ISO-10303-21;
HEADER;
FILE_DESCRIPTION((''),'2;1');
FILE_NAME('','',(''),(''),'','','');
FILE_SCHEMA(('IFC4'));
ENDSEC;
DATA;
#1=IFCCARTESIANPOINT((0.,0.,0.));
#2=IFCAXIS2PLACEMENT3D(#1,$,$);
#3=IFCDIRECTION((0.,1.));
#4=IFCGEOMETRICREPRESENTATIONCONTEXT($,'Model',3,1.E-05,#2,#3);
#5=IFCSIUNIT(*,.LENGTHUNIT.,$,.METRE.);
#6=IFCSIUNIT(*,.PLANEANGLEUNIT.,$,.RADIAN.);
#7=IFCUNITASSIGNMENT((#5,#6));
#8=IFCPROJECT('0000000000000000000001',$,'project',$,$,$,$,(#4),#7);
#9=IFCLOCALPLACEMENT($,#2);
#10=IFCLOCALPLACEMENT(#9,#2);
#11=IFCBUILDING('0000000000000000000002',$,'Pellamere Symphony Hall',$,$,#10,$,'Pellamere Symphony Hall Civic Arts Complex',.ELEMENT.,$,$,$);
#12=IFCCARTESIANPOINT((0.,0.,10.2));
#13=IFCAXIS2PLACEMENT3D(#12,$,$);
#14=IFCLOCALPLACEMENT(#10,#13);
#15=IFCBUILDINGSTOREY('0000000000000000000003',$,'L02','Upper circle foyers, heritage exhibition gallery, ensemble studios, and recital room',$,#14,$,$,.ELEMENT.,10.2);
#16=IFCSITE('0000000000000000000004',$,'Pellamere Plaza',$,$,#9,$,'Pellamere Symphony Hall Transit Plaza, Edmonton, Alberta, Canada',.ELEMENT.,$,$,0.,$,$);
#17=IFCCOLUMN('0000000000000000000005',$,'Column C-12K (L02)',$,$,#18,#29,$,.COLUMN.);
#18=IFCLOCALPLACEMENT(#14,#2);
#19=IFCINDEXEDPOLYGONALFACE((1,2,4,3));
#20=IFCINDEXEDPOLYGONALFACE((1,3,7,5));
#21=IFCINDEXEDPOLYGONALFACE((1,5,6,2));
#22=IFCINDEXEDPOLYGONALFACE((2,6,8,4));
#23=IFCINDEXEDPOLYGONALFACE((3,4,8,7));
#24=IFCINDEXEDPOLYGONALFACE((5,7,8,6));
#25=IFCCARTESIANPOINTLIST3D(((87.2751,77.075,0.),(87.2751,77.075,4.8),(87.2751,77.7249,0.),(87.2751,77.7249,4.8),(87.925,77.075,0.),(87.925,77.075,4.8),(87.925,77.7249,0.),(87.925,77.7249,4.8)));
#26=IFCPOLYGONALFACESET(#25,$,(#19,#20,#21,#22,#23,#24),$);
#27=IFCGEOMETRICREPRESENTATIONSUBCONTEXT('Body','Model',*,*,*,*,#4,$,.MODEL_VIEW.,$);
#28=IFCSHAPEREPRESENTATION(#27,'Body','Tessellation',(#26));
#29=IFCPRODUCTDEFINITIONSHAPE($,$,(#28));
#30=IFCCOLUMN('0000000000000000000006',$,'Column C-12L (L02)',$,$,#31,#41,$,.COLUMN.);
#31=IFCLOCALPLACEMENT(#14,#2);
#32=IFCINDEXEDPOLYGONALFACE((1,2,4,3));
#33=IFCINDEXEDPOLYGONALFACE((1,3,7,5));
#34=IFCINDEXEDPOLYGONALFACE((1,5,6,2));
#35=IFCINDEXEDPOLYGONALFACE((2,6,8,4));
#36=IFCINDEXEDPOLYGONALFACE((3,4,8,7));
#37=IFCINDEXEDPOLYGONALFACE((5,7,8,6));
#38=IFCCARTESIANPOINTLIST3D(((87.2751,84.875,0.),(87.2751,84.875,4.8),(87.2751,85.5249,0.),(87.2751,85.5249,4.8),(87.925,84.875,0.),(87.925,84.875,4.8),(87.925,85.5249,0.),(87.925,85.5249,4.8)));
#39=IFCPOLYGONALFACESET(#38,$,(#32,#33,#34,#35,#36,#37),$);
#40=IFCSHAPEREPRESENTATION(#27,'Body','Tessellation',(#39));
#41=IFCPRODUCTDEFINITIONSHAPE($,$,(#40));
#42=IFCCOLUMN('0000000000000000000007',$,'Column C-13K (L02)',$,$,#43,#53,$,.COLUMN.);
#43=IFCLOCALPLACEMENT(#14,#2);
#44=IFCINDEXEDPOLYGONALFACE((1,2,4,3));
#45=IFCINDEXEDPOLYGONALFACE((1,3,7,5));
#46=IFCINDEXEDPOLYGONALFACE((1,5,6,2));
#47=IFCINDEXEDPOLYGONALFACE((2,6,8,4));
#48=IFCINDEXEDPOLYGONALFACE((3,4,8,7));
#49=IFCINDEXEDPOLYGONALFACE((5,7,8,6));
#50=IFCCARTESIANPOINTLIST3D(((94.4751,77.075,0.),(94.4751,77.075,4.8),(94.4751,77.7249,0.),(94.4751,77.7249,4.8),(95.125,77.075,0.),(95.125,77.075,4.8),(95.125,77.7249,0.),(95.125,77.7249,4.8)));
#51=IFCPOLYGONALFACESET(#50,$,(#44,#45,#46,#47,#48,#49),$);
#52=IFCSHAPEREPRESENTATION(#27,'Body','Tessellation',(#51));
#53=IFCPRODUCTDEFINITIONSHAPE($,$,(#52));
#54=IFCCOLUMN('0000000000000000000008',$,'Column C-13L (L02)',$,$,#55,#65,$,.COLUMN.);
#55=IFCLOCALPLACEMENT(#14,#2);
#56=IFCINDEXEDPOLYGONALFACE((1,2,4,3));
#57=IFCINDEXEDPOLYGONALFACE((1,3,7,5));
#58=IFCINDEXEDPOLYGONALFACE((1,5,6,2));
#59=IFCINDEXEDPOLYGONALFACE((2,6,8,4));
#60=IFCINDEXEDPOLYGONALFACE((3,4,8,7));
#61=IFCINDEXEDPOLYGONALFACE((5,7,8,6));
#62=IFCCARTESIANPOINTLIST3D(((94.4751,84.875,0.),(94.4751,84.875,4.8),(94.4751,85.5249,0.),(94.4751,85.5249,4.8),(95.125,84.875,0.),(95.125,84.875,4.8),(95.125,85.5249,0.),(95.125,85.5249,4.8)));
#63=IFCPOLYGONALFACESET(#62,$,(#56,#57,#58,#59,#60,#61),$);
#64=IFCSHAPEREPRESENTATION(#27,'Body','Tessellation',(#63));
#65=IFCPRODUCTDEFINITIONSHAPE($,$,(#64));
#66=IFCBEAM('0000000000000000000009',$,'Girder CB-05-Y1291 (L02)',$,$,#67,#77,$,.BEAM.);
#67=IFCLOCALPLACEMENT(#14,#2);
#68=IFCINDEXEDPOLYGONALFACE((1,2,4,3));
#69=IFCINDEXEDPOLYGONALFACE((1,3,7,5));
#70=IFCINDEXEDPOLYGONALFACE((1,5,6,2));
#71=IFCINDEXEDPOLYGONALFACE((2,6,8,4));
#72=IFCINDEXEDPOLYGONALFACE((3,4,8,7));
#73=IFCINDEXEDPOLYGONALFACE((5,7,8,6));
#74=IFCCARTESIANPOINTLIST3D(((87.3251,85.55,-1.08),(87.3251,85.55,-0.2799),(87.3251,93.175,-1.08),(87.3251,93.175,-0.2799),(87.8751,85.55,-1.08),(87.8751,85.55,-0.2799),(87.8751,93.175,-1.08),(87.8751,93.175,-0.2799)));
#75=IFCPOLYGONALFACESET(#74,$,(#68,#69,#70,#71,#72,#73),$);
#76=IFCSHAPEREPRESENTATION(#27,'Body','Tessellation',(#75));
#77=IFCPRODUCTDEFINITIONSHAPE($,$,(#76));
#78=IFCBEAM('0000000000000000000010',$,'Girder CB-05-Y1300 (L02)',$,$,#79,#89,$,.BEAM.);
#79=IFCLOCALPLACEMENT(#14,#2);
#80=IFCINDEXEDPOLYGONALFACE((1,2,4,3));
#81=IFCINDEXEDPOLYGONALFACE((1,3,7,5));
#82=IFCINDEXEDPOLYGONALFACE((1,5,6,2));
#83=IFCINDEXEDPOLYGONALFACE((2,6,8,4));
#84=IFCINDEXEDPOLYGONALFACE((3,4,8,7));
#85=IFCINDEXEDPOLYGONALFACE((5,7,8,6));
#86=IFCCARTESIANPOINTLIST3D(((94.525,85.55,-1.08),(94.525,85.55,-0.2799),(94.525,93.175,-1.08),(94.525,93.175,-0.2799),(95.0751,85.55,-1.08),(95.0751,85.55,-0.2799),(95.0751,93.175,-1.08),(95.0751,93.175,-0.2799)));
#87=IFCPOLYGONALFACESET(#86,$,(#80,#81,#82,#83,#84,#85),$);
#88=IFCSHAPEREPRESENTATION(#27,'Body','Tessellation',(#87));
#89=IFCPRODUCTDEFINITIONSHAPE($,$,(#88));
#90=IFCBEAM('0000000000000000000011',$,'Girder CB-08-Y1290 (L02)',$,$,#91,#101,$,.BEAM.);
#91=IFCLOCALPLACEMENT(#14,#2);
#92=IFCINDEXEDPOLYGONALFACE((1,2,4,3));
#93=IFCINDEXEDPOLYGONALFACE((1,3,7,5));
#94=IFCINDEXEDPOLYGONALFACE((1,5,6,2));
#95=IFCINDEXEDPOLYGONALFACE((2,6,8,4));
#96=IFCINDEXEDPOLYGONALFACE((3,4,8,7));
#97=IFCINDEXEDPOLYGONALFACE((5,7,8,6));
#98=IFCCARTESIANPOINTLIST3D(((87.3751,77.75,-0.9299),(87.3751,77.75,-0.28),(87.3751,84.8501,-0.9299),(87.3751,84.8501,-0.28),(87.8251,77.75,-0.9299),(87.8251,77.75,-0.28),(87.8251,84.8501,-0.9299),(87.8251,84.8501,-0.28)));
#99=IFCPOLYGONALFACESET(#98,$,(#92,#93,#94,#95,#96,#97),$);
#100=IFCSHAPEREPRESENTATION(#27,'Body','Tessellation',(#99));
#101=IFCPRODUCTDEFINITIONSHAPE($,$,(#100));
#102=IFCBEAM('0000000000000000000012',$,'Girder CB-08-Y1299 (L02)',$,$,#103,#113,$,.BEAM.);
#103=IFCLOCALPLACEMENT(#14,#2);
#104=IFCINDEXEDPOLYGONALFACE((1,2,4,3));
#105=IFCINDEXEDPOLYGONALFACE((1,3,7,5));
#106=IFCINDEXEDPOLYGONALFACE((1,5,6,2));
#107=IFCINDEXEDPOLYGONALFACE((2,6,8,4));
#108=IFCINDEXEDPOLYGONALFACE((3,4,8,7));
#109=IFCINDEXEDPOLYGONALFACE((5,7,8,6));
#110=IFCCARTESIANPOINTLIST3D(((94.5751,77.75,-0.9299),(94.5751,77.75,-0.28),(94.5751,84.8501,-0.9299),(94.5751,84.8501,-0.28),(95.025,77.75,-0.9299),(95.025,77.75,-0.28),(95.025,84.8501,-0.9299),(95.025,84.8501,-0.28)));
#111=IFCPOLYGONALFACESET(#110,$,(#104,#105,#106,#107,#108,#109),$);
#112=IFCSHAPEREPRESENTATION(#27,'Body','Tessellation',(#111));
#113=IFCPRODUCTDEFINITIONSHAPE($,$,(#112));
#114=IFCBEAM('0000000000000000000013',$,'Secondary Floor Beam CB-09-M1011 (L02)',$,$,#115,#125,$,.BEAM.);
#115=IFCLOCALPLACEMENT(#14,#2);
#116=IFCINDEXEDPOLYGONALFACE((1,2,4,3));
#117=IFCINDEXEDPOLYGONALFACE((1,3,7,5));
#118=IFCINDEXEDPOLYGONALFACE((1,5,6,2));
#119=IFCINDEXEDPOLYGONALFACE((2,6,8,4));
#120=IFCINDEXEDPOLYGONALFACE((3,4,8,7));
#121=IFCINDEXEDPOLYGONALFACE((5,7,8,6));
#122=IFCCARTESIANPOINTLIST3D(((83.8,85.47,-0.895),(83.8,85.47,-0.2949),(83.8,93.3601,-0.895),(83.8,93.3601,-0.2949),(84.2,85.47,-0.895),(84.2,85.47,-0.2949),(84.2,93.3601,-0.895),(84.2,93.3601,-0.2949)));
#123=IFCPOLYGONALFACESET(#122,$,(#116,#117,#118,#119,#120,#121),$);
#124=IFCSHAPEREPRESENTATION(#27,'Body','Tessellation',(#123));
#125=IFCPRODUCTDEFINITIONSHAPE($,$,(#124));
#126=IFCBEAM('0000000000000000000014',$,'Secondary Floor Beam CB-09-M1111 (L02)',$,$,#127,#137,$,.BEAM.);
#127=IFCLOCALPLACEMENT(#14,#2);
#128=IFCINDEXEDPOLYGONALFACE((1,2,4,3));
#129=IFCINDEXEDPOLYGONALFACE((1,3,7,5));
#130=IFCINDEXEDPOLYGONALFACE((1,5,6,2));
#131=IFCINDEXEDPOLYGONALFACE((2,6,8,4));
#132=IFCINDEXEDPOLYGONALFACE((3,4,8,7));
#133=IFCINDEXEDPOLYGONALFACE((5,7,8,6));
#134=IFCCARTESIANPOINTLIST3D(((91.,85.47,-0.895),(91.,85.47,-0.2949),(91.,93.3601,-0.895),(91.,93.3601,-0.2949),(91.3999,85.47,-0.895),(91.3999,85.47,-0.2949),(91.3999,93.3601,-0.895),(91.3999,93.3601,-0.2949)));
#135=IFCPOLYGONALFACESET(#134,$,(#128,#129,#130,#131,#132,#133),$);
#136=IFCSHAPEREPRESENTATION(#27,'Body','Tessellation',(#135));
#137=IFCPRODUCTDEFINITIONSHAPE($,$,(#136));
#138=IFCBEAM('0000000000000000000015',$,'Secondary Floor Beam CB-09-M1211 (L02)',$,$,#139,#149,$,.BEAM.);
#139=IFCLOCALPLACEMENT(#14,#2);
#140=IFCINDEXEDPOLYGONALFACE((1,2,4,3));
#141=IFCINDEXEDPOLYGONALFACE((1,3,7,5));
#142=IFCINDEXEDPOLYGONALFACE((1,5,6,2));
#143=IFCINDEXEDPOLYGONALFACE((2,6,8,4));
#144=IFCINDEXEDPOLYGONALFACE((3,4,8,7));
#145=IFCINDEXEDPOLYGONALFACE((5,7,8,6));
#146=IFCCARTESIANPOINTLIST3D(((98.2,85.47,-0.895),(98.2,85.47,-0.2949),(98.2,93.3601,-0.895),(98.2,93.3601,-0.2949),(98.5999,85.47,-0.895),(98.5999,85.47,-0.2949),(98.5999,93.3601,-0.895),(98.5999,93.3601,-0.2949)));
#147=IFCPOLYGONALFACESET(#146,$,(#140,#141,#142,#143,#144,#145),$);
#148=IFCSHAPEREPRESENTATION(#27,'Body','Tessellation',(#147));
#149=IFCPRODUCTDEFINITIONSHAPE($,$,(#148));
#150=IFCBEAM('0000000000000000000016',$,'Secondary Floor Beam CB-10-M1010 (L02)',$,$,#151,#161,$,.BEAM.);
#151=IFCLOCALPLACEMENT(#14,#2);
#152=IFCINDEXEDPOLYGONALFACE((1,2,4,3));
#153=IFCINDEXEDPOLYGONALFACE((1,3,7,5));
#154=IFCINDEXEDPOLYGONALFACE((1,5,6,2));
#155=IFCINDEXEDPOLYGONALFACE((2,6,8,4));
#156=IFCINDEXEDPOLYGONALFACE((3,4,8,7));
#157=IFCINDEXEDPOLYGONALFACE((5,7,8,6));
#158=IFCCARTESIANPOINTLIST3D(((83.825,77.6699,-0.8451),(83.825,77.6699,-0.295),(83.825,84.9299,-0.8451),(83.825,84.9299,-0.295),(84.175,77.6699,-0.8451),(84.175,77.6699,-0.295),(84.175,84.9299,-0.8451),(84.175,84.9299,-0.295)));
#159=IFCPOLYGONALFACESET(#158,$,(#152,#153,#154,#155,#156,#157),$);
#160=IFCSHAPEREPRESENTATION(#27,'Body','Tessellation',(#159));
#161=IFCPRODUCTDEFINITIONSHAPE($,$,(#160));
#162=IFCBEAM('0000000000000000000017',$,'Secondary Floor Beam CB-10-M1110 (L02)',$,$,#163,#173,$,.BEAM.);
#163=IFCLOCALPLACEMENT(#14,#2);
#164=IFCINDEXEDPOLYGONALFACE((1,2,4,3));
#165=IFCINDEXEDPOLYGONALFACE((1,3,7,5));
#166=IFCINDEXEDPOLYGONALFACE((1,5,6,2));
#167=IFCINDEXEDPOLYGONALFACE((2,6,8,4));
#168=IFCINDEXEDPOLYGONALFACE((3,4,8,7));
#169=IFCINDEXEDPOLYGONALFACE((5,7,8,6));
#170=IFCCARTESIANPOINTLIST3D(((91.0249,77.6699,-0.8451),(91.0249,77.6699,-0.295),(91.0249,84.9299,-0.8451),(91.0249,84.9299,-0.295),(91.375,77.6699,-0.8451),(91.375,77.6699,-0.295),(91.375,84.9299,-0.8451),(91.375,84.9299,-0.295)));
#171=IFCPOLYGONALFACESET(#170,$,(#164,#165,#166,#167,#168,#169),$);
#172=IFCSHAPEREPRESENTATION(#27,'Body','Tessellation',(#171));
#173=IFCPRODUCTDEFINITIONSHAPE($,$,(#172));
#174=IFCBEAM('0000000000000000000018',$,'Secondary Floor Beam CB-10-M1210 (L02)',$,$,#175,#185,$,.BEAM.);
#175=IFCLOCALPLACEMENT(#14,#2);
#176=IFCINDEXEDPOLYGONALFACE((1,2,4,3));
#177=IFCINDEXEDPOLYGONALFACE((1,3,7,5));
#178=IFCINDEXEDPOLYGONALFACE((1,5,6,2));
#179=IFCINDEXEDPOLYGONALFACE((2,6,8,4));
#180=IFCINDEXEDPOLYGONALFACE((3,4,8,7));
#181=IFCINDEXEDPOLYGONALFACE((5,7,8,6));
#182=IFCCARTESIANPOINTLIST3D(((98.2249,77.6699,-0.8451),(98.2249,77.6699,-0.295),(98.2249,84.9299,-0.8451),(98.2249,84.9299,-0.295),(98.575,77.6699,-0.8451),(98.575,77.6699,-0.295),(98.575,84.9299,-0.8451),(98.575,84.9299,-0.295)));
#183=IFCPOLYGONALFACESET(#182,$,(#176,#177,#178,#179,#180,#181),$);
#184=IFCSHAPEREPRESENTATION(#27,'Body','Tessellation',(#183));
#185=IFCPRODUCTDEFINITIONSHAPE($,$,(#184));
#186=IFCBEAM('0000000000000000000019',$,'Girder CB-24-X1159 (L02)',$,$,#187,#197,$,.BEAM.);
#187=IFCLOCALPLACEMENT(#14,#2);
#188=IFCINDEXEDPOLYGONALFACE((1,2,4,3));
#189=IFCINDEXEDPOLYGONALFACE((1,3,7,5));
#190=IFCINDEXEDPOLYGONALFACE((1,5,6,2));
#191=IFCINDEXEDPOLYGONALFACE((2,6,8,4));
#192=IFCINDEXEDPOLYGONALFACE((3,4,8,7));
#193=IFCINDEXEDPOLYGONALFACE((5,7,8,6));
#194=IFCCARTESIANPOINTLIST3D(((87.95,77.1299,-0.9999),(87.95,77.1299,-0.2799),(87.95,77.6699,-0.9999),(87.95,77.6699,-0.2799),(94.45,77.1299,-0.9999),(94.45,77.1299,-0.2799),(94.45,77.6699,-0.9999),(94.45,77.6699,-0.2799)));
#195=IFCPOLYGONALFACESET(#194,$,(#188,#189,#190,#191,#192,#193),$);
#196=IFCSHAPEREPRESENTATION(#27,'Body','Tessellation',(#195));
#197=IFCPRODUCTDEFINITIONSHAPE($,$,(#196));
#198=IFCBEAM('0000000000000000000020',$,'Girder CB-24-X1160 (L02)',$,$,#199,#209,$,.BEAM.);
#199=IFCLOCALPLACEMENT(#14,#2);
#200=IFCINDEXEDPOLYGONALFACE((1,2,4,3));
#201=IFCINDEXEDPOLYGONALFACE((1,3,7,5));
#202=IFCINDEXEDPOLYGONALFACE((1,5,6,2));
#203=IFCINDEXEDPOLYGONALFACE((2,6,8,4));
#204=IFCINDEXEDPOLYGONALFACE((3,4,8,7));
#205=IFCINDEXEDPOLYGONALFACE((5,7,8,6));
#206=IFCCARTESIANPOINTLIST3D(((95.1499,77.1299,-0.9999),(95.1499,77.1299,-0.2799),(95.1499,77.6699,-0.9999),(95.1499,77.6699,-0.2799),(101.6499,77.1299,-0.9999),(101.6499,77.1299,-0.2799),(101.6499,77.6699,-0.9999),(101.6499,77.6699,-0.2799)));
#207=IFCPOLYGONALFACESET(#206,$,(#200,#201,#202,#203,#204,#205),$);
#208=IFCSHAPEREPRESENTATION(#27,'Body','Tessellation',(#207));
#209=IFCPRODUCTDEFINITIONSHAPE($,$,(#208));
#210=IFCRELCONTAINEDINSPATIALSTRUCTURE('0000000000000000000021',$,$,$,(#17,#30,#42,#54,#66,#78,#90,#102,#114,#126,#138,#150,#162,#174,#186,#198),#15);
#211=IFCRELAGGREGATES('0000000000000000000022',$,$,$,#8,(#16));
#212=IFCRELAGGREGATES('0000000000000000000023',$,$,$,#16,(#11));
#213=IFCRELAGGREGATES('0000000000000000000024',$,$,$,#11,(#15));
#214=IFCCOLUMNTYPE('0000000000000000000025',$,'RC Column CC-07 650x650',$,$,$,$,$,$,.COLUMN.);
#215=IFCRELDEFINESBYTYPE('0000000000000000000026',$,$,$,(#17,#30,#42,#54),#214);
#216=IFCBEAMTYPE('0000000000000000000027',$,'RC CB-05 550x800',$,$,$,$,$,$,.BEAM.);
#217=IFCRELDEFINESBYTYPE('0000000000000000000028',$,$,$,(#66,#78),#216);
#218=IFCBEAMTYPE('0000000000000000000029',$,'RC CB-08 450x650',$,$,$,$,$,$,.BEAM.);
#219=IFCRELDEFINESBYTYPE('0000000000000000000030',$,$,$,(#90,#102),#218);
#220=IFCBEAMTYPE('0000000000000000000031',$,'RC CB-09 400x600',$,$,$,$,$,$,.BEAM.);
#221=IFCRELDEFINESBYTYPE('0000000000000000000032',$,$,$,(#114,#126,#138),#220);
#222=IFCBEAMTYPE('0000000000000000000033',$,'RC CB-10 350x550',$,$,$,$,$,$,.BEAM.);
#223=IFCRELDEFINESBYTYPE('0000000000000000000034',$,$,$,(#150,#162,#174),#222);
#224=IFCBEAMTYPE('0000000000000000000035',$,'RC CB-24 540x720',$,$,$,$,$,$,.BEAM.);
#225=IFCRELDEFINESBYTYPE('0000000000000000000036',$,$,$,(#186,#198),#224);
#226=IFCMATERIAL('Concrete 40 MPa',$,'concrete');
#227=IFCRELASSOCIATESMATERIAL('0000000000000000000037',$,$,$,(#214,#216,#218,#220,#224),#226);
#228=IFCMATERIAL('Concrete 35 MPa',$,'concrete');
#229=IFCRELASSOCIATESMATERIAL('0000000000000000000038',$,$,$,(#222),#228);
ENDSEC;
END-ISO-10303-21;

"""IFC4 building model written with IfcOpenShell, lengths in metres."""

from ifc_helpers import new_model, si_unit, direction, frame, origin, origin_2d, place, context, subcontext, project, spatial, rectangle, extrude, material, material_profile, profile_set, type_object, element, save


model = new_model("IFC4")

# Units and contexts
model_context = context("Model", 3, precision=1e-05, world=origin(), true_north=direction((0.0, 1.0)))
body_context = subcontext(model_context, "Body", "Model", "MODEL_VIEW")
ifc_project = project(units=[si_unit("LENGTHUNIT", "METRE"), si_unit("PLANEANGLEUNIT", "RADIAN")], contexts=[model_context])

# Site, building, storey
site_placement = place(None, origin())
site = spatial("IfcSite", under=ifc_project, at=site_placement, Name="Pellamere Plaza", LongName="Pellamere Symphony Hall Transit Plaza, Edmonton, Alberta, Canada", CompositionType="ELEMENT", RefElevation=0.0)
building_placement = place(site_placement, origin())
building = spatial("IfcBuilding", under=site, at=building_placement, Name="Pellamere Symphony Hall", LongName="Pellamere Symphony Hall Civic Arts Complex", CompositionType="ELEMENT")
storey_placement = place(building_placement, frame((0.0, 0.0, 10.2)))
storey = spatial("IfcBuildingStorey", under=building, at=storey_placement, Name="L02", Description="Upper circle foyers, heritage exhibition gallery, ensemble studios, and recital room", CompositionType="ELEMENT", Elevation=10.2)

# Columns
ifc_material_1 = material(Name="Concrete 40 MPa", Category="concrete")
ifc_material_profile_1 = material_profile(ifc_material_1, rectangle(XDim=0.6499, YDim=0.6499, at=origin_2d()), Name="RC 650x650")
ifc_profile_set_1 = profile_set([ifc_material_profile_1], Name="Concrete 40 MPa")
column_type = type_object("IfcColumnType", Name="RC Column CC-07 650x650", PredefinedType="COLUMN", material=ifc_profile_set_1)
for number, where, z_axis, x_axis, name in (
    (1, (87.6001, 77.3999, 0.0), (0.0, 0.0, 1.0), (1.0, 0.0, 0.0), "Column C-12K (L02)"),
    (2, (87.6001, 85.2, 0.0), (0.0, 0.0, 1.0), (1.0, 0.0, 0.0), "Column C-12L (L02)"),
    (3, (94.8, 77.3999, 0.0), (0.0, 0.0, 1.0), (1.0, 0.0, 0.0), "Column C-13K (L02)"),
    (4, (94.8, 85.2, 0.0), (0.0, 0.0, 1.0), (1.0, 0.0, 0.0), "Column C-13L (L02)"),
):
    element("IfcColumn", number, at=place(storey_placement, frame(where, z_axis=z_axis, x_axis=x_axis)), inside=storey, type_object=column_type, Name=name, PredefinedType="COLUMN", context=body_context, shape_type="SweptSolid", body=[
        extrude(rectangle(XDim=0.6499, YDim=0.6499, at=origin_2d()), origin(), (0.0, 0.0, 1.0), 4.8),
    ])

# Beams
ifc_material_profile_2 = material_profile(ifc_material_1, rectangle(XDim=0.55, YDim=0.8, at=origin_2d()), Name="RC 550x800")
ifc_profile_set_2 = profile_set([ifc_material_profile_2], Name="Concrete 40 MPa")
beam_type_1 = type_object("IfcBeamType", Name="RC CB-05 550x800", PredefinedType="BEAM", material=ifc_profile_set_2)
for number, where, z_axis, x_axis, name in (
    (5, (87.6001, 85.55, -0.6799), (0.0, 1.0, 0.0), (-1.0, 0.0, 0.0), "Girder CB-05-Y1291 (L02)"),
    (6, (94.8, 85.55, -0.6799), (0.0, 1.0, 0.0), (-1.0, 0.0, 0.0), "Girder CB-05-Y1300 (L02)"),
):
    element("IfcBeam", number, at=place(storey_placement, frame(where, z_axis=z_axis, x_axis=x_axis)), inside=storey, type_object=beam_type_1, Name=name, PredefinedType="BEAM", context=body_context, shape_type="SweptSolid", body=[
        extrude(rectangle(XDim=0.55, YDim=0.8, at=origin_2d()), origin(), (0.0, 0.0, 1.0), 7.625),
    ])
ifc_material_profile_3 = material_profile(ifc_material_1, rectangle(XDim=0.45, YDim=0.6499, at=origin_2d()), Name="RC 450x650")
ifc_profile_set_3 = profile_set([ifc_material_profile_3], Name="Concrete 40 MPa")
beam_type_2 = type_object("IfcBeamType", Name="RC CB-08 450x650", PredefinedType="BEAM", material=ifc_profile_set_3)
for number, where, z_axis, x_axis, name in (
    (7, (87.6001, 77.75, -0.605), (0.0, 1.0, 0.0), (-1.0, 0.0, 0.0), "Girder CB-08-Y1290 (L02)"),
    (8, (94.8, 77.75, -0.605), (0.0, 1.0, 0.0), (-1.0, 0.0, 0.0), "Girder CB-08-Y1299 (L02)"),
):
    element("IfcBeam", number, at=place(storey_placement, frame(where, z_axis=z_axis, x_axis=x_axis)), inside=storey, type_object=beam_type_2, Name=name, PredefinedType="BEAM", context=body_context, shape_type="SweptSolid", body=[
        extrude(rectangle(XDim=0.45, YDim=0.6499, at=origin_2d()), origin(), (0.0, 0.0, 1.0), 7.1001),
    ])
ifc_material_profile_4 = material_profile(ifc_material_1, rectangle(XDim=0.3999, YDim=0.6001, at=origin_2d()), Name="RC 400x600")
ifc_profile_set_4 = profile_set([ifc_material_profile_4], Name="Concrete 40 MPa")
beam_type_3 = type_object("IfcBeamType", Name="RC CB-09 400x600", PredefinedType="BEAM", material=ifc_profile_set_4)
for number, where, z_axis, x_axis, name in (
    (9, (84.0, 85.47, -0.595), (0.0, 1.0, 0.0), (-1.0, 0.0, 0.0), "Secondary Floor Beam CB-09-M1011 (L02)"),
    (10, (91.2, 85.47, -0.595), (0.0, 1.0, 0.0), (-1.0, 0.0, 0.0), "Secondary Floor Beam CB-09-M1111 (L02)"),
    (11, (98.3999, 85.47, -0.595), (0.0, 1.0, 0.0), (-1.0, 0.0, 0.0), "Secondary Floor Beam CB-09-M1211 (L02)"),
):
    element("IfcBeam", number, at=place(storey_placement, frame(where, z_axis=z_axis, x_axis=x_axis)), inside=storey, type_object=beam_type_3, Name=name, PredefinedType="BEAM", context=body_context, shape_type="SweptSolid", body=[
        extrude(rectangle(XDim=0.3999, YDim=0.6001, at=origin_2d()), origin(), (0.0, 0.0, 1.0), 7.8901),
    ])
ifc_material_2 = material(Name="Concrete 35 MPa", Category="concrete")
ifc_material_profile_5 = material_profile(ifc_material_2, rectangle(XDim=0.3501, YDim=0.55, at=origin_2d()), Name="RC 350x550")
ifc_profile_set_5 = profile_set([ifc_material_profile_5], Name="Concrete 35 MPa")
beam_type_4 = type_object("IfcBeamType", Name="RC CB-10 350x550", PredefinedType="BEAM", material=ifc_profile_set_5)
for number, where, z_axis, x_axis, name in (
    (12, (84.0, 77.6699, -0.5701), (0.0, 1.0, 0.0), (-1.0, 0.0, 0.0), "Secondary Floor Beam CB-10-M1010 (L02)"),
    (13, (91.2, 77.6699, -0.5701), (0.0, 1.0, 0.0), (-1.0, 0.0, 0.0), "Secondary Floor Beam CB-10-M1110 (L02)"),
    (14, (98.3999, 77.6699, -0.5701), (0.0, 1.0, 0.0), (-1.0, 0.0, 0.0), "Secondary Floor Beam CB-10-M1210 (L02)"),
):
    element("IfcBeam", number, at=place(storey_placement, frame(where, z_axis=z_axis, x_axis=x_axis)), inside=storey, type_object=beam_type_4, Name=name, PredefinedType="BEAM", context=body_context, shape_type="SweptSolid", body=[
        extrude(rectangle(XDim=0.3501, YDim=0.55, at=origin_2d()), origin(), (0.0, 0.0, 1.0), 7.26),
    ])
ifc_material_profile_6 = material_profile(ifc_material_1, rectangle(XDim=0.54, YDim=0.72, at=origin_2d()), Name="RC 540x720")
ifc_profile_set_6 = profile_set([ifc_material_profile_6], Name="Concrete 40 MPa")
beam_type_5 = type_object("IfcBeamType", Name="RC CB-24 540x720", PredefinedType="BEAM", material=ifc_profile_set_6)
for number, where, z_axis, x_axis, name in (
    (15, (87.95, 77.3999, -0.6399), (1.0, 0.0, 0.0), (0.0, 1.0, 0.0), "Girder CB-24-X1159 (L02)"),
    (16, (95.1499, 77.3999, -0.6399), (1.0, 0.0, 0.0), (0.0, 1.0, 0.0), "Girder CB-24-X1160 (L02)"),
):
    element("IfcBeam", number, at=place(storey_placement, frame(where, z_axis=z_axis, x_axis=x_axis)), inside=storey, type_object=beam_type_5, Name=name, PredefinedType="BEAM", context=body_context, shape_type="SweptSolid", body=[
        extrude(rectangle(XDim=0.54, YDim=0.72, at=origin_2d()), origin(), (0.0, 0.0, 1.0), 6.5),
    ])

save(model, "model.ifc")
